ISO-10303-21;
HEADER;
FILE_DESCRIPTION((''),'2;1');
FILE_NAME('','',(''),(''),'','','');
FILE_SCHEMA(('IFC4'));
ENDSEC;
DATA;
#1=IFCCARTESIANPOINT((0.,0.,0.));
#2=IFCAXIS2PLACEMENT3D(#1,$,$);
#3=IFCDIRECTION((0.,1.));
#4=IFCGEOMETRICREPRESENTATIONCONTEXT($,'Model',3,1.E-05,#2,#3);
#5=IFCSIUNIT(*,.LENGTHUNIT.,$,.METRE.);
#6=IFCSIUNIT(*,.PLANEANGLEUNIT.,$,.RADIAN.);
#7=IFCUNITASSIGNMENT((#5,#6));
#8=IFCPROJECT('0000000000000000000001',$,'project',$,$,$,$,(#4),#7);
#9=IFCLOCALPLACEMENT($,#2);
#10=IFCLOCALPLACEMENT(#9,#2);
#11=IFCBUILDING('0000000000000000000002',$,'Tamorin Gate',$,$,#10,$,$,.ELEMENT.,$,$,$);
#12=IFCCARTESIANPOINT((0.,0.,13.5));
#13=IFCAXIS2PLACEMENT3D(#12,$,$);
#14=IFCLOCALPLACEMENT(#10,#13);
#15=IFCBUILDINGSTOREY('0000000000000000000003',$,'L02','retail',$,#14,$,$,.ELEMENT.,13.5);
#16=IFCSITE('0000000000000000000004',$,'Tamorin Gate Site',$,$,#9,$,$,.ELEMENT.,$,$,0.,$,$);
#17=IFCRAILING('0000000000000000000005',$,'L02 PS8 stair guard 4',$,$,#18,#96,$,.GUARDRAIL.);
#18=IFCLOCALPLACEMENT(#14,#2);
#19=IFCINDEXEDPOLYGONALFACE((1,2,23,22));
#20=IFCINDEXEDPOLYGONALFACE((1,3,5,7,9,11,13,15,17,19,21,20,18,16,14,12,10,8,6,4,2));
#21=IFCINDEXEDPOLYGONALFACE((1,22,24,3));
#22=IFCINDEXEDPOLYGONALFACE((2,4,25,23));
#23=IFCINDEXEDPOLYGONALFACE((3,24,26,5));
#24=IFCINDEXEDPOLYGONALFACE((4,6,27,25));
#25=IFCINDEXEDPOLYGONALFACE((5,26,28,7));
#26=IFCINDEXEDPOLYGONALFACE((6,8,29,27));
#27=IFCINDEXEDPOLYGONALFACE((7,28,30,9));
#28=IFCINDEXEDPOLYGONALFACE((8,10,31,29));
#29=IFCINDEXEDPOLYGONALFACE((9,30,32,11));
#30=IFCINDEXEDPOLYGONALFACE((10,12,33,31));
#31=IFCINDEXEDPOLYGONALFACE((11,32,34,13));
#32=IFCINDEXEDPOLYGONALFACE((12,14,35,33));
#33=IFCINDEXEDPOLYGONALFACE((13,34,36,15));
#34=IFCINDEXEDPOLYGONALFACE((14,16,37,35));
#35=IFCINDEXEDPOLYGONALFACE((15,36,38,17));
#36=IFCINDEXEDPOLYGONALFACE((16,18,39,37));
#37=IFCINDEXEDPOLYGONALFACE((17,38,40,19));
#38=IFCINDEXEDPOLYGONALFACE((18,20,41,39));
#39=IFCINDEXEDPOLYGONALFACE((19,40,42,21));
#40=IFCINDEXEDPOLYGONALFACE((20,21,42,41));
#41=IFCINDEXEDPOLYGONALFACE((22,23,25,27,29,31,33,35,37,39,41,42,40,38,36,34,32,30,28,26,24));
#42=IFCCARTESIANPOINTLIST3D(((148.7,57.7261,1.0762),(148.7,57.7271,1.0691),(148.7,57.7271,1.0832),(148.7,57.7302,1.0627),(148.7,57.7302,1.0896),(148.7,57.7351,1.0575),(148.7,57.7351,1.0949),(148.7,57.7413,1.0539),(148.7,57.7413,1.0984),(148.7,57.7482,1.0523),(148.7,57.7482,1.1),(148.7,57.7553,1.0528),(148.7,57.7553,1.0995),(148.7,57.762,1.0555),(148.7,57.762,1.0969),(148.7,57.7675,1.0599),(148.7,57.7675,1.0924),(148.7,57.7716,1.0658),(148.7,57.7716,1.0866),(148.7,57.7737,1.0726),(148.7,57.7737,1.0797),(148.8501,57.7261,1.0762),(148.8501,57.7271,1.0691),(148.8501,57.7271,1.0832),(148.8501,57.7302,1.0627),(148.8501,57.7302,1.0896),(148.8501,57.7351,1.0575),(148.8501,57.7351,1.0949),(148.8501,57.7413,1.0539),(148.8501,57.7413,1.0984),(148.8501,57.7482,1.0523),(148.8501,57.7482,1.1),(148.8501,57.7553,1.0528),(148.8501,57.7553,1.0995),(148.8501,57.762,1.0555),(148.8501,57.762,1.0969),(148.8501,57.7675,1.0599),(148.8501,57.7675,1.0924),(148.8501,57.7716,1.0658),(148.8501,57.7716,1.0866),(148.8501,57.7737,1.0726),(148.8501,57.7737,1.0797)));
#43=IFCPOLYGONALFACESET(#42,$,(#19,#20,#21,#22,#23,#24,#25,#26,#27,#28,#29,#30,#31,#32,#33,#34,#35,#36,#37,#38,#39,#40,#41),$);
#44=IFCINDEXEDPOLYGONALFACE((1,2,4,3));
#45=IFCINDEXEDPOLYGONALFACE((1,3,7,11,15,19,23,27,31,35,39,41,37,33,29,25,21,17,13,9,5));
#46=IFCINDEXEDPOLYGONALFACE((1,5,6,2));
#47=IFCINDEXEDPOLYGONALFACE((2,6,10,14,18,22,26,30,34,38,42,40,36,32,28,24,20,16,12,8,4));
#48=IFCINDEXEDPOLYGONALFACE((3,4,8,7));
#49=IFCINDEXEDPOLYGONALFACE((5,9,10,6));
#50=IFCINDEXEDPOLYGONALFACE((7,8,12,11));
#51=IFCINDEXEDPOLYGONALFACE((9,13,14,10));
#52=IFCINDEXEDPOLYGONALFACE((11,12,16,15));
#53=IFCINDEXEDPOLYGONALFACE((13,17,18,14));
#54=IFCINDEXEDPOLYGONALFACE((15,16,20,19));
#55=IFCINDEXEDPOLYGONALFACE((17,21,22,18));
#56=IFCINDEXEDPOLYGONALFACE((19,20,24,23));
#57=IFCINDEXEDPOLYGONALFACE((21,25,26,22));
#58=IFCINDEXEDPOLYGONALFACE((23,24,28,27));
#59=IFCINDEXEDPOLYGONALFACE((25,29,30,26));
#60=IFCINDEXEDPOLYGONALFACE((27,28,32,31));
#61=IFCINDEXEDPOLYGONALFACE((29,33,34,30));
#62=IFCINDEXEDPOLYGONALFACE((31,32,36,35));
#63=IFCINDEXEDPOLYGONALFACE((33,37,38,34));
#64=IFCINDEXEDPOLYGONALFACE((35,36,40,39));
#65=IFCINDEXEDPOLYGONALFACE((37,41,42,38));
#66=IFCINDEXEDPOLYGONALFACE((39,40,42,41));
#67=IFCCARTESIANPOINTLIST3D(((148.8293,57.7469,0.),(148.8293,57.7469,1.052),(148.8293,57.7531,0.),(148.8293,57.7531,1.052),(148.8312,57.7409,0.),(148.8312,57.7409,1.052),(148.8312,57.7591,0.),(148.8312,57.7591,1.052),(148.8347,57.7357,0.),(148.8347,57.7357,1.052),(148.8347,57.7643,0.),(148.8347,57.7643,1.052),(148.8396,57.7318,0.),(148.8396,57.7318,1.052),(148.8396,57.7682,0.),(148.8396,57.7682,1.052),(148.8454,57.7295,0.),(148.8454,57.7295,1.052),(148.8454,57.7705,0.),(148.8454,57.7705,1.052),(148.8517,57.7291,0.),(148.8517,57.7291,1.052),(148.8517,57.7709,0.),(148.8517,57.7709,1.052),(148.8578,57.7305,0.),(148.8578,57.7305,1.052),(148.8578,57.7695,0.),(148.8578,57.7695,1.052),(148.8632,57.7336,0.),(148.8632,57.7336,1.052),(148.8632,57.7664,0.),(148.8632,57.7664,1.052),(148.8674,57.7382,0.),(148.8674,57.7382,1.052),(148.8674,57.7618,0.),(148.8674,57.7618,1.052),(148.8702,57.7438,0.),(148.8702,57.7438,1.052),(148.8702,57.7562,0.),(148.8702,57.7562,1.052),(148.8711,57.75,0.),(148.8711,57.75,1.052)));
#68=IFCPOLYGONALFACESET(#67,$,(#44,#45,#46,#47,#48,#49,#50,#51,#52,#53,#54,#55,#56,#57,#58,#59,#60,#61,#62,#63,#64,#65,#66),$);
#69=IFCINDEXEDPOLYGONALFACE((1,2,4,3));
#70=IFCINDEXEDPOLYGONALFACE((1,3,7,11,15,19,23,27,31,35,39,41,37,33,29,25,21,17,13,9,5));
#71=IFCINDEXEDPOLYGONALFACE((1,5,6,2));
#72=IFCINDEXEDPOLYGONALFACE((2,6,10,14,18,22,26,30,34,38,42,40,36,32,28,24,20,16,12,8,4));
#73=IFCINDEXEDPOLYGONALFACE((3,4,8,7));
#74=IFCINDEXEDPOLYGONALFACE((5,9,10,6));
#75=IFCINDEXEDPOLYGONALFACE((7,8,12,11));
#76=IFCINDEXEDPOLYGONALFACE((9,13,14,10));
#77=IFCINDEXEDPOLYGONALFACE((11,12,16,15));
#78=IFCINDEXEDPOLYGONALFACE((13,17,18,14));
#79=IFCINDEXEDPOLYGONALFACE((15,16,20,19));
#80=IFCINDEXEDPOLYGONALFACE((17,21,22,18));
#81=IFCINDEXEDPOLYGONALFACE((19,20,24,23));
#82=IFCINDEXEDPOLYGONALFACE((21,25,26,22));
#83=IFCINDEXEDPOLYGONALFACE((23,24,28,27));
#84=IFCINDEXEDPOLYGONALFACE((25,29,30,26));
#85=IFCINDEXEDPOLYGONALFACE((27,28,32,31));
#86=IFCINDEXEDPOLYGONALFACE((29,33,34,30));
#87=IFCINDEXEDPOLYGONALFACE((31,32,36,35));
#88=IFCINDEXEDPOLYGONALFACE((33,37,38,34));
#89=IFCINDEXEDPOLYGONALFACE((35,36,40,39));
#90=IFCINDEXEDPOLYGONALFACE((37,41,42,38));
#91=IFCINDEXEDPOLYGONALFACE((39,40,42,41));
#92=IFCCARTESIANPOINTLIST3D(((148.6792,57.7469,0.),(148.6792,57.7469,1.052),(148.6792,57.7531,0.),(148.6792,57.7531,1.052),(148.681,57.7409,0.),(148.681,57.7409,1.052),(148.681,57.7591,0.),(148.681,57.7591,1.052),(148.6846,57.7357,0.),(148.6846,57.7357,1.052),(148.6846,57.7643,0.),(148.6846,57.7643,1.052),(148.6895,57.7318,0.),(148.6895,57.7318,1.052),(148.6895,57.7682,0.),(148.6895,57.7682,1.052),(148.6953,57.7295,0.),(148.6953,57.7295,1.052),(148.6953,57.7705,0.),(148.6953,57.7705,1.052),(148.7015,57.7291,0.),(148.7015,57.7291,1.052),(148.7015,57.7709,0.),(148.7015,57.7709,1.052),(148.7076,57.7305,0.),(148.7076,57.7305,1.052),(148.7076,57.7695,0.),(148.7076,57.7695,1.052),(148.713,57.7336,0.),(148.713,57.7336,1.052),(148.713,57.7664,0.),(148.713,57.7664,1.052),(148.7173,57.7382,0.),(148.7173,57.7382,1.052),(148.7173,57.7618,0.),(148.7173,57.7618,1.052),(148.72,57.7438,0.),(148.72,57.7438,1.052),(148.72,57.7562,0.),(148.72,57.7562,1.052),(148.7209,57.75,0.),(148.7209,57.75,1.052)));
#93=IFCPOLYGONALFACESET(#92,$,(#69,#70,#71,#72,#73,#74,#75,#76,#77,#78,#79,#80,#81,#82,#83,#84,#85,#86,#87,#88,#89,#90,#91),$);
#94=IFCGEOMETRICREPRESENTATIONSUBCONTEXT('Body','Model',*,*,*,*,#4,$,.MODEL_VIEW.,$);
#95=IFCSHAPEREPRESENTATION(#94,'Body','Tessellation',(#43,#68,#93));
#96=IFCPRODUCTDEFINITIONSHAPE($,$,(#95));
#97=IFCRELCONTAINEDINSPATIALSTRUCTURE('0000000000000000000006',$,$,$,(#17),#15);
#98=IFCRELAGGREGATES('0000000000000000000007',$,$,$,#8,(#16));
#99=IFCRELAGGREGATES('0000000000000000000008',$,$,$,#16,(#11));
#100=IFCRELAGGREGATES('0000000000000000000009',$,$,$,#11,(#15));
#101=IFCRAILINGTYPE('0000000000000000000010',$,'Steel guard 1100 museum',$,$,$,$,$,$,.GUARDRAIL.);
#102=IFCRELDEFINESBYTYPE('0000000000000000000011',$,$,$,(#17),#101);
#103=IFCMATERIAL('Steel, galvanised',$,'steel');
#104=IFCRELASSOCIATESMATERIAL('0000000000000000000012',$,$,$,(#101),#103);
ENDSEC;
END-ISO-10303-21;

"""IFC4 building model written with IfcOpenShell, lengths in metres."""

from ifc_helpers import new_model, si_unit, direction, frame, origin, origin_2d, place, context, subcontext, project, spatial, circle, extrude, material, type_object, element, save


model = new_model("IFC4")

# Units and contexts
model_context = context("Model", 3, precision=1e-05, world=origin(), true_north=direction((0.0, 1.0)))
body_context = subcontext(model_context, "Body", "Model", "MODEL_VIEW")
ifc_project = project(units=[si_unit("LENGTHUNIT", "METRE"), si_unit("PLANEANGLEUNIT", "RADIAN")], contexts=[model_context])

# Site, building, storey
site_placement = place(None, origin())
site = spatial("IfcSite", under=ifc_project, at=site_placement, Name="Tamorin Gate Site", CompositionType="ELEMENT", RefElevation=0.0)
building_placement = place(site_placement, origin())
building = spatial("IfcBuilding", under=site, at=building_placement, Name="Tamorin Gate", CompositionType="ELEMENT")
storey_placement = place(building_placement, frame((0.0, 0.0, 13.5)))
storey = spatial("IfcBuildingStorey", under=building, at=storey_placement, Name="L02", Description="retail", CompositionType="ELEMENT", Elevation=13.5)

# Railing
ifc_material_1 = material(Name="Steel, galvanised", Category="steel")
railing_type_1 = type_object("IfcRailingType", Name="Steel guard 1100 museum", PredefinedType="GUARDRAIL", material=ifc_material_1)
railing_1_placement = place(storey_placement, frame((148.8501, 57.75, 0.0)))
element("IfcRailing", 1, at=railing_1_placement, inside=storey, type_object=railing_type_1, Name="L02 PS8 stair guard 4", PredefinedType="GUARDRAIL", context=body_context, shape_type="SweptSolid", body=[
    extrude(circle(Radius=0.0239, at=origin_2d()), frame((0.0, 0.0, 1.0762), z_axis=(-1.0, 0.0, 0.0), x_axis=(0.0, -1.0, 0.0)), (0.0, 0.0, 1.0), 0.1501),
    extrude(circle(Radius=0.021, at=origin_2d()), origin(), (0.0, 0.0, 1.0), 1.052),
    extrude(circle(Radius=0.021, at=origin_2d()), frame((-0.1501, 0.0, 0.0)), (0.0, 0.0, 1.0), 1.052),
])

save(model, "model.ifc")
